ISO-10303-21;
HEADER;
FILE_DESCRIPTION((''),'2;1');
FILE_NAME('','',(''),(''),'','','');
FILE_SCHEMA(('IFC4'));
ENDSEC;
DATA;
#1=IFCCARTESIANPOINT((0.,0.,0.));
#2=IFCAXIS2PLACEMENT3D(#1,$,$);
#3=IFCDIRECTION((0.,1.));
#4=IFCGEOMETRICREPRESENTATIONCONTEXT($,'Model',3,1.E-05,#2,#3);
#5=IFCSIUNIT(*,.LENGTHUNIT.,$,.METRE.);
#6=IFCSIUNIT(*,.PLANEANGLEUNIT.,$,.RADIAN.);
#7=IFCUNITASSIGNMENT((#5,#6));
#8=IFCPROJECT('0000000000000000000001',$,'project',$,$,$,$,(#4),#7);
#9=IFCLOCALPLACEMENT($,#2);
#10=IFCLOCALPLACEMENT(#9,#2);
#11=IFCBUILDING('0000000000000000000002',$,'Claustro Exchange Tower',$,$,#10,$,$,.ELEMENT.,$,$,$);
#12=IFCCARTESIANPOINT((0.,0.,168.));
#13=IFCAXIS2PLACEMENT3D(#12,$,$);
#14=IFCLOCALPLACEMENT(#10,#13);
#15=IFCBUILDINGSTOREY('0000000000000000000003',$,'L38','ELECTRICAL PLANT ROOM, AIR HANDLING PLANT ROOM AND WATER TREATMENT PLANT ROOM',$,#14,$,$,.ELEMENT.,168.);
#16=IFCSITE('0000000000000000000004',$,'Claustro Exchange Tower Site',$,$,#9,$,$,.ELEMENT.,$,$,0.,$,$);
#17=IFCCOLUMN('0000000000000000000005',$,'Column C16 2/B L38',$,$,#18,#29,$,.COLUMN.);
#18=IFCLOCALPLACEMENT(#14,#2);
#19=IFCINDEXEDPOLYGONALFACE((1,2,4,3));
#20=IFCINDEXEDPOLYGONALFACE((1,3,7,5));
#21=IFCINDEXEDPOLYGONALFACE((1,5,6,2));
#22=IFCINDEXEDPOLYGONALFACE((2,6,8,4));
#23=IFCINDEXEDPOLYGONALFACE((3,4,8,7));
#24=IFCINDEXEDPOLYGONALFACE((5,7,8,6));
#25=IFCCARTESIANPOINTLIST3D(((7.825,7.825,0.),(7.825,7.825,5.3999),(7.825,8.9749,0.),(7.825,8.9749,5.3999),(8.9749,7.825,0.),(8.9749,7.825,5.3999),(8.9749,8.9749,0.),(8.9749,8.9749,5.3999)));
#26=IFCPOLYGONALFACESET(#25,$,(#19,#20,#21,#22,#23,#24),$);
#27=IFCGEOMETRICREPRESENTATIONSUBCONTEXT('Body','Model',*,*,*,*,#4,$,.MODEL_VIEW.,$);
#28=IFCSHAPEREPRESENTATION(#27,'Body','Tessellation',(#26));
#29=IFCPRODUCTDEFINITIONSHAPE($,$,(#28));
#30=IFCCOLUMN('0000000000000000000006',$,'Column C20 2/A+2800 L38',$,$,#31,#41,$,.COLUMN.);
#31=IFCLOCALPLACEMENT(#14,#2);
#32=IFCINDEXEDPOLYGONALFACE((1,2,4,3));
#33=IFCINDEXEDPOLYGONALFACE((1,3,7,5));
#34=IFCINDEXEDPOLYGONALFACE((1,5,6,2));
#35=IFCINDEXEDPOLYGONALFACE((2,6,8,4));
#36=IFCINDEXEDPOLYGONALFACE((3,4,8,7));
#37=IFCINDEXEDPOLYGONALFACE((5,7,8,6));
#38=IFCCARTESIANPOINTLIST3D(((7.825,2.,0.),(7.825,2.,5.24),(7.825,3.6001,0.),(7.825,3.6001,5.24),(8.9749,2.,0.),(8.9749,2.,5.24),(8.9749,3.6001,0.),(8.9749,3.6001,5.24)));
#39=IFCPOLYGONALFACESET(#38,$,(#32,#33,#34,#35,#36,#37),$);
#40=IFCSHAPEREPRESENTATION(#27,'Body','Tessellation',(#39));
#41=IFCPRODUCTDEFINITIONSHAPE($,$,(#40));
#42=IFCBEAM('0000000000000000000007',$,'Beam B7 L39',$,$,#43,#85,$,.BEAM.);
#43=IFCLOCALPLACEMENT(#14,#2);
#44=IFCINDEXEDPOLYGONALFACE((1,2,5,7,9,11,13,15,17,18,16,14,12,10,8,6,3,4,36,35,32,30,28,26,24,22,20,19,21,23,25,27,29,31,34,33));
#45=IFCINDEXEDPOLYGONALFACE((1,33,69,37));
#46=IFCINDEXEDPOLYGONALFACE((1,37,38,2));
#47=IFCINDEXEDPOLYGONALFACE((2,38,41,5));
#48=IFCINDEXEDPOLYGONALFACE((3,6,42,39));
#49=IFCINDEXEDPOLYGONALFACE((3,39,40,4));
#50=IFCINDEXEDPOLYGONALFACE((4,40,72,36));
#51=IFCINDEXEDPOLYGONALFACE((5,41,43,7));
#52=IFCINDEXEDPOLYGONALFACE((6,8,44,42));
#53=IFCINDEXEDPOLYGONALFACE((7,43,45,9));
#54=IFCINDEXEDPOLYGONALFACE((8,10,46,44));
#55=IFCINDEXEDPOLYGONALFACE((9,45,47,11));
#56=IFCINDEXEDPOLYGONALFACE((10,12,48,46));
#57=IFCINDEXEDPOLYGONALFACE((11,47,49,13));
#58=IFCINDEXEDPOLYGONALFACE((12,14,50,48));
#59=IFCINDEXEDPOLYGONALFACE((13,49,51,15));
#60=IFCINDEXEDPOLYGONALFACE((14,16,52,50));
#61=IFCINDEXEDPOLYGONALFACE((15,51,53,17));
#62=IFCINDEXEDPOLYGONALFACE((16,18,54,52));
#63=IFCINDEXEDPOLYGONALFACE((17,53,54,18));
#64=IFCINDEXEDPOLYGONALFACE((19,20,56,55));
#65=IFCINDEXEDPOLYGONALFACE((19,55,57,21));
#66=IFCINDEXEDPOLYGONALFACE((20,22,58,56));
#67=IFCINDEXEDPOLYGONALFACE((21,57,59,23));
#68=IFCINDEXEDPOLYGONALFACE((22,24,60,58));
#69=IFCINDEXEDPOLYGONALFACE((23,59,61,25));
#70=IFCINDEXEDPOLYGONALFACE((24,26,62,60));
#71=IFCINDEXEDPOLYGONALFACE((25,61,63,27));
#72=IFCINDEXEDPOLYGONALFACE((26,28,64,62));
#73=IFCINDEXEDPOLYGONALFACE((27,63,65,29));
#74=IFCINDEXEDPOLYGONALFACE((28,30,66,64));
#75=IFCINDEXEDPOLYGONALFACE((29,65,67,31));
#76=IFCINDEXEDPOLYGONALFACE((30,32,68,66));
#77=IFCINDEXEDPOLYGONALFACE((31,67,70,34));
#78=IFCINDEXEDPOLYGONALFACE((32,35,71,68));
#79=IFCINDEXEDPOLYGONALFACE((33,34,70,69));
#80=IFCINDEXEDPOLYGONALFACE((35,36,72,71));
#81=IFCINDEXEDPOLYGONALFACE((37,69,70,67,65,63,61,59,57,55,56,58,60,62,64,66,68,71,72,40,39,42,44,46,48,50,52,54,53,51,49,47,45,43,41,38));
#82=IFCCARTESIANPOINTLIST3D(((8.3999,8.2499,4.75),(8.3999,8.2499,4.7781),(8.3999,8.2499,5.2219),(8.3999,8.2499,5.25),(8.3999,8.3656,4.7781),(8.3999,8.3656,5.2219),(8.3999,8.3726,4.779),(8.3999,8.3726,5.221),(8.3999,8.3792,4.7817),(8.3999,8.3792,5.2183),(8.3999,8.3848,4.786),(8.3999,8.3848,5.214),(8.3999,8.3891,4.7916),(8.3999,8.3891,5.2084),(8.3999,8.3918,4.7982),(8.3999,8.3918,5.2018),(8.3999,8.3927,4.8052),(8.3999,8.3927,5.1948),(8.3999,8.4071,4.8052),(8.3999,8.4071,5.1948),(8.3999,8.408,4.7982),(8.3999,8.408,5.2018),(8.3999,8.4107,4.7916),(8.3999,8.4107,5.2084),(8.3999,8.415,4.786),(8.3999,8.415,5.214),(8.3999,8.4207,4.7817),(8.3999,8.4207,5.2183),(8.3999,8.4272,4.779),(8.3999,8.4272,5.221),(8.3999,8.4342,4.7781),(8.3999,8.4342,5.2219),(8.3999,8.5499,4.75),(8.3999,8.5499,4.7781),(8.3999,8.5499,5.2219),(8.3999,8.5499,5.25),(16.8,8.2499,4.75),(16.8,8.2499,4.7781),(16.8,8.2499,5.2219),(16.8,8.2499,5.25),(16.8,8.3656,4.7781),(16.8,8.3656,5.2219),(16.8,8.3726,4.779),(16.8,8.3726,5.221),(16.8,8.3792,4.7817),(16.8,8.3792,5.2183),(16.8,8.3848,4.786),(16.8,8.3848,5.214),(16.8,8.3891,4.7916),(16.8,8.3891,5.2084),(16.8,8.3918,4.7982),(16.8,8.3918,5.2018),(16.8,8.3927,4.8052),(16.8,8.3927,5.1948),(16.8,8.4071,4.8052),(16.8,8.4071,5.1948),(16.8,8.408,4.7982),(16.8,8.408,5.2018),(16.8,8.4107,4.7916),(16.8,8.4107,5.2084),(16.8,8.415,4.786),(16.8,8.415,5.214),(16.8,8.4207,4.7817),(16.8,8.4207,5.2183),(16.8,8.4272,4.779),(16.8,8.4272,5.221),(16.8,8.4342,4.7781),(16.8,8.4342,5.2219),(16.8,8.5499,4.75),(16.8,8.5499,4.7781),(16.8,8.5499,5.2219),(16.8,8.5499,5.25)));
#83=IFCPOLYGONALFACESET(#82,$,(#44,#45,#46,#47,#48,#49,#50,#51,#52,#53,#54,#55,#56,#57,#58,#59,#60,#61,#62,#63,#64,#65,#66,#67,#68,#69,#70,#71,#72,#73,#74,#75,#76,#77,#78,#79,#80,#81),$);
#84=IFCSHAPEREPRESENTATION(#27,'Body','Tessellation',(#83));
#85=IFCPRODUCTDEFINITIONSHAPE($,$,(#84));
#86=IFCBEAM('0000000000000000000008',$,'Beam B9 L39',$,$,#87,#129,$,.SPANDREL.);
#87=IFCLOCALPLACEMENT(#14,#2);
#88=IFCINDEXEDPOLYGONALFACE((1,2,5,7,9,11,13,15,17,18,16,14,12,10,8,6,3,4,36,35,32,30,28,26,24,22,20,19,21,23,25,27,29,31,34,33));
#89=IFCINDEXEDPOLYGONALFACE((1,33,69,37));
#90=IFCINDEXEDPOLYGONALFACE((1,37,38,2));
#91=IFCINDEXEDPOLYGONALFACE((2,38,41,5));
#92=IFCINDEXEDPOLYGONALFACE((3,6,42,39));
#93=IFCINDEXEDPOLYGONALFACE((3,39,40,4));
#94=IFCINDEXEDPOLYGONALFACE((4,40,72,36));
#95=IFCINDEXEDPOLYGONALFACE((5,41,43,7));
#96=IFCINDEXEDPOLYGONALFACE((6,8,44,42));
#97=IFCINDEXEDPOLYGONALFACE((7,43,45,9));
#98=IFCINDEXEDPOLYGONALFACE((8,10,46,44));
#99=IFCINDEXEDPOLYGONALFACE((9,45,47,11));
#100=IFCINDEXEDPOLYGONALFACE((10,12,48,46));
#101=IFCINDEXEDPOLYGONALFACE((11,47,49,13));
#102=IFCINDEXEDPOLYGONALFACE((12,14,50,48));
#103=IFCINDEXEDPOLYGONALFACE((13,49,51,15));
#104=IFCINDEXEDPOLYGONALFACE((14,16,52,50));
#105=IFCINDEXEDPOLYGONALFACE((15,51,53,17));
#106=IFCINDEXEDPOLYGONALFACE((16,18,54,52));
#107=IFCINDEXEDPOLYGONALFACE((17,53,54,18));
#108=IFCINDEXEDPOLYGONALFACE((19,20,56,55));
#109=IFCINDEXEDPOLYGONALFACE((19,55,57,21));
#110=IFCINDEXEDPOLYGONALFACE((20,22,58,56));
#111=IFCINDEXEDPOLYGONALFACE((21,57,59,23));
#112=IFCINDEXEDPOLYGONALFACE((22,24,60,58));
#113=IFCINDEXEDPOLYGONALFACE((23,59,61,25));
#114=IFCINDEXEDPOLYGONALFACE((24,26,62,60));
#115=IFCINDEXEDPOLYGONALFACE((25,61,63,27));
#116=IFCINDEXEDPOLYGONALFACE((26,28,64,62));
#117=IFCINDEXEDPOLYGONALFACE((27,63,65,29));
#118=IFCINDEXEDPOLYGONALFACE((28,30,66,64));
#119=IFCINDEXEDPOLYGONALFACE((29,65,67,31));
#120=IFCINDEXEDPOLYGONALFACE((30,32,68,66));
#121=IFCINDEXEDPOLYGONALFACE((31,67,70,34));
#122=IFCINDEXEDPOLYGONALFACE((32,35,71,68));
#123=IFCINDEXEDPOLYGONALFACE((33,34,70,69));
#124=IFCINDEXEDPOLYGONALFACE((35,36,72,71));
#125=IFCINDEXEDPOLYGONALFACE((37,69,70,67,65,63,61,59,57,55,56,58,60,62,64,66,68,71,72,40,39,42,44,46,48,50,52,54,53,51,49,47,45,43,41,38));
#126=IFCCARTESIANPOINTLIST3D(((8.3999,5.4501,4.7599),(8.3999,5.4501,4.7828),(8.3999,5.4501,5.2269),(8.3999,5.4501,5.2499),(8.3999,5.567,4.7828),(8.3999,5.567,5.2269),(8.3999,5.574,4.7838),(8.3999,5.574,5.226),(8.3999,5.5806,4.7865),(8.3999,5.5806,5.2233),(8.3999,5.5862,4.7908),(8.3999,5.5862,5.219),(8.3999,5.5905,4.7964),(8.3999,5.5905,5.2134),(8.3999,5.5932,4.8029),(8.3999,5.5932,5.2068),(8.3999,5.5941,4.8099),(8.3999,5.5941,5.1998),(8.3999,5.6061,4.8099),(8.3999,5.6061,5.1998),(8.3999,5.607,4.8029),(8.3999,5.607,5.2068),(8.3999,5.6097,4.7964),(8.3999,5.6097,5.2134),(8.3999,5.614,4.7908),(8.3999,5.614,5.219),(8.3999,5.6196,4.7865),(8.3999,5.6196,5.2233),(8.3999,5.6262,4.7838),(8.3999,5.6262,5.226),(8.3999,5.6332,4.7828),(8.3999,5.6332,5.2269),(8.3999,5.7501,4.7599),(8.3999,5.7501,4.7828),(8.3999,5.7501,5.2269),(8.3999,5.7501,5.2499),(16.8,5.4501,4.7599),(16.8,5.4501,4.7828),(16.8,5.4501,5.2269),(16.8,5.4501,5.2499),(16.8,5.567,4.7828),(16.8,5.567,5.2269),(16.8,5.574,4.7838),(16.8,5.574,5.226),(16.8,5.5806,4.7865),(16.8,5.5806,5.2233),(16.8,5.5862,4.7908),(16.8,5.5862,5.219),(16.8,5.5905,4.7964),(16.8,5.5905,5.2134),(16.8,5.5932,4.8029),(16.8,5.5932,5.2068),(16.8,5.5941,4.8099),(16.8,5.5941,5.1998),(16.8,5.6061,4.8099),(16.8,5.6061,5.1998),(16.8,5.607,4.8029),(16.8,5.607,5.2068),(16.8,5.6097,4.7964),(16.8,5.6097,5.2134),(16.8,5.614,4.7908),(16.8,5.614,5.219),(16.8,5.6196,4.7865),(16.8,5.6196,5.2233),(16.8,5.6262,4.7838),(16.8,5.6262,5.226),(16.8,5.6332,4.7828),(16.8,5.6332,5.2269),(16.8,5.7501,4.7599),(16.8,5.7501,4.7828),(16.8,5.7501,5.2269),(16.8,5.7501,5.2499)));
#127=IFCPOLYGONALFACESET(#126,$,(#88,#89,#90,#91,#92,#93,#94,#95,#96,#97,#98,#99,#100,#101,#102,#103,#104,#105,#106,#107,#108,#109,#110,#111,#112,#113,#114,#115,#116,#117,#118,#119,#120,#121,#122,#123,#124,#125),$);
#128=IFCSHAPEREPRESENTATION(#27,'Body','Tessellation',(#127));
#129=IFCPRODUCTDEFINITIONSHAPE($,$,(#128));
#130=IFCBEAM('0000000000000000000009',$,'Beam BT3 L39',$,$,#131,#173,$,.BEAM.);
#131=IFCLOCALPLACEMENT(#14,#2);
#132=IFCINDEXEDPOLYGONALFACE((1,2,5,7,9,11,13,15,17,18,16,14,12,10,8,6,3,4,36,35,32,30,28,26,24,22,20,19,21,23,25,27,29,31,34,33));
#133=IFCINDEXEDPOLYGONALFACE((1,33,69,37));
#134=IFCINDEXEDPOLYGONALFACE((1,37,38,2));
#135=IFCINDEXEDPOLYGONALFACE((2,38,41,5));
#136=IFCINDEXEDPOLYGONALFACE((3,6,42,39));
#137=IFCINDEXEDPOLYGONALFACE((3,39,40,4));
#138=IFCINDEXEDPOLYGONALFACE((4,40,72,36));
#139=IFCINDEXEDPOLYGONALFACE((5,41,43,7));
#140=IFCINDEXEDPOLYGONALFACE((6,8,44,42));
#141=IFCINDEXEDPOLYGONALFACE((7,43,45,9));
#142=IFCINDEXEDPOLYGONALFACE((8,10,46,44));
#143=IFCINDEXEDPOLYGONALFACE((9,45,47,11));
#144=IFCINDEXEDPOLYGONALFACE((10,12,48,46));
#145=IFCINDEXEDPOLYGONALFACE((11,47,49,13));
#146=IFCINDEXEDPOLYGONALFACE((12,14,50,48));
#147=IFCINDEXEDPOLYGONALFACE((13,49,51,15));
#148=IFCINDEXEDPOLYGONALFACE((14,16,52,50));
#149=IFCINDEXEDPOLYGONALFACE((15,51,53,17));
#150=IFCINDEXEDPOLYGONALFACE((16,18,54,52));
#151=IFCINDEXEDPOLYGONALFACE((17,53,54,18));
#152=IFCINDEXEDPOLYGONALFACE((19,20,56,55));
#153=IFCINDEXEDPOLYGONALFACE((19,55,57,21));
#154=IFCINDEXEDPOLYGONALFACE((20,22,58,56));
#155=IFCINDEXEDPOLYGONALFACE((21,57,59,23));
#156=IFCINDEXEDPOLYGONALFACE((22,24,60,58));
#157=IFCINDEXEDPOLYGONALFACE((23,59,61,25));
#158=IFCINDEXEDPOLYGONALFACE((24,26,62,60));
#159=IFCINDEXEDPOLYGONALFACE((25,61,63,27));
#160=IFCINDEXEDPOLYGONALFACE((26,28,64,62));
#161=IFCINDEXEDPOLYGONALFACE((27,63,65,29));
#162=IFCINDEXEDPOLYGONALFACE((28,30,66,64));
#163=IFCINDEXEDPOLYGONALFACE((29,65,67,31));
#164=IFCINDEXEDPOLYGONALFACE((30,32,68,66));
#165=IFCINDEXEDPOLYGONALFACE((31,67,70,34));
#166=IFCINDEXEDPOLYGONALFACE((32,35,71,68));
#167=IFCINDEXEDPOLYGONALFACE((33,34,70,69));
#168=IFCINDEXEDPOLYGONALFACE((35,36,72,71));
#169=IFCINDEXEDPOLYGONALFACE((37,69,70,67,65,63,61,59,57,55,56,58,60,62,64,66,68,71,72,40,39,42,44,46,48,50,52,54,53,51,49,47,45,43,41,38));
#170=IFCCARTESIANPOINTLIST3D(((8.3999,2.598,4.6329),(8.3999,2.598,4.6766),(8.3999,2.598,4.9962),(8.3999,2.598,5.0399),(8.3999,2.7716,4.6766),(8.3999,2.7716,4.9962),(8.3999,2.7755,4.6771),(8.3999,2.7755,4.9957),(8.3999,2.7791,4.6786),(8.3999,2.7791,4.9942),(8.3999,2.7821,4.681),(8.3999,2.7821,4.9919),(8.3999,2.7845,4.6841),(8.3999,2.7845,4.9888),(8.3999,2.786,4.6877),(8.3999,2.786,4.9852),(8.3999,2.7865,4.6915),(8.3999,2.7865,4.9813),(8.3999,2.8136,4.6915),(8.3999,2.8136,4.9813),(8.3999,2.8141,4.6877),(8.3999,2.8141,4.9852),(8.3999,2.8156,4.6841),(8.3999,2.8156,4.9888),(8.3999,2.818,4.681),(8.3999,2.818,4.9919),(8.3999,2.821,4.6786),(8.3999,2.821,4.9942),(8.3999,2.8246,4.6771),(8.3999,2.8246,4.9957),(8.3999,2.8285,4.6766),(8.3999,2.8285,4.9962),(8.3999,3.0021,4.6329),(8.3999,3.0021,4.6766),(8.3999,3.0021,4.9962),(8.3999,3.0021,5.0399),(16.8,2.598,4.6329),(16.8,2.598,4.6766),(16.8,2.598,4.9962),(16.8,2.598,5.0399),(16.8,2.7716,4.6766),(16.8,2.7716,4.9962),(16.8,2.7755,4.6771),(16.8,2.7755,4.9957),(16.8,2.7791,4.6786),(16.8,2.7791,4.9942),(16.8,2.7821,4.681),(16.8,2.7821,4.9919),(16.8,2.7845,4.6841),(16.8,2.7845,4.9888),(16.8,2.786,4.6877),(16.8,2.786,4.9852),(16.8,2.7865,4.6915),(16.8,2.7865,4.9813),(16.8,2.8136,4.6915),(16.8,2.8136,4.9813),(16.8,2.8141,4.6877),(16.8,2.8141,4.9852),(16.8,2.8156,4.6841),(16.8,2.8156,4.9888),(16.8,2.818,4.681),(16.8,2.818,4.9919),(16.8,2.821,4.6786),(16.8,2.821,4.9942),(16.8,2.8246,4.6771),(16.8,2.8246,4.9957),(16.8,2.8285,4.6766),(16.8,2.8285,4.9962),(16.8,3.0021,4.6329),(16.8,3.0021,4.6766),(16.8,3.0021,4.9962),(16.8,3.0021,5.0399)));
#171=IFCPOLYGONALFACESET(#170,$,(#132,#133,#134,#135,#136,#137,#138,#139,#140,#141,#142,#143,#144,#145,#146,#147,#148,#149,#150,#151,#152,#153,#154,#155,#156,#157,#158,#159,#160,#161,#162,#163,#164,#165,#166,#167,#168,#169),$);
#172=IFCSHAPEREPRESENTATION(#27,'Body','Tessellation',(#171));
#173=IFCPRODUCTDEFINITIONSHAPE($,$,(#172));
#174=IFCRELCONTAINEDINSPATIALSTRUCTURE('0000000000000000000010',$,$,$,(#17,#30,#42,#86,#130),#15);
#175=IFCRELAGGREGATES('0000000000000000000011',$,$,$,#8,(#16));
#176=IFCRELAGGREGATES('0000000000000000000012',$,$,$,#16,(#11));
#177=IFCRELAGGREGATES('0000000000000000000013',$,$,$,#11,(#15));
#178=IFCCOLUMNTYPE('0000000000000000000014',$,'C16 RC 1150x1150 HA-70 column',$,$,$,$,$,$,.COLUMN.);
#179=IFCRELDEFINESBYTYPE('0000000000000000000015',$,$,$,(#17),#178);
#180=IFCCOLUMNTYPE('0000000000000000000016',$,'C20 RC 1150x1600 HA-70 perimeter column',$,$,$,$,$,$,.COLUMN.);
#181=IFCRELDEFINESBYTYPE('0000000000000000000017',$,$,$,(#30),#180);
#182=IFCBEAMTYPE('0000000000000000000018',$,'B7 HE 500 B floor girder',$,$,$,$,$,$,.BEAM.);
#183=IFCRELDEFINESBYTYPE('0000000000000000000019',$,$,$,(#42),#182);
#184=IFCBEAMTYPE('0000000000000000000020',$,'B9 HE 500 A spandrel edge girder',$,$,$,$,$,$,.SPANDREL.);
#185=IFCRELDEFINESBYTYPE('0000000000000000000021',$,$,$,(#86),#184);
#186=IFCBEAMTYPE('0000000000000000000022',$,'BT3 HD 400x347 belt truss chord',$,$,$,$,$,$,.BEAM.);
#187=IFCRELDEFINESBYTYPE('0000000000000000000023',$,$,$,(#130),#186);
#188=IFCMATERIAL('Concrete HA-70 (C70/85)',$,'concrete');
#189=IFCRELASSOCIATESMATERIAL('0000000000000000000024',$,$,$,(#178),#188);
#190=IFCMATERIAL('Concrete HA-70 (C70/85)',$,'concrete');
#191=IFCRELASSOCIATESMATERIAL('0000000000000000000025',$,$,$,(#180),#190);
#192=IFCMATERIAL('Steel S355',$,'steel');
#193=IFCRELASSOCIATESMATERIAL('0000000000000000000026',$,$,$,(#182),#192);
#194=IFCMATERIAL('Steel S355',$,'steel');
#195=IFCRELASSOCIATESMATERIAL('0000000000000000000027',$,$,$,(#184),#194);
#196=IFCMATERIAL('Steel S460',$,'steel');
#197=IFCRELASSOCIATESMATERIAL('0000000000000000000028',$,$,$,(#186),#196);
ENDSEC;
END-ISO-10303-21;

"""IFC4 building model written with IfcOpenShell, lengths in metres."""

from ifc_helpers import new_model, si_unit, direction, frame, origin, origin_2d, place, context, subcontext, project, spatial, rectangle, i_section, extrude, material, material_profile, profile_set, type_object, element, save


model = new_model("IFC4")

# Units and contexts
model_context = context("Model", 3, precision=1e-05, world=origin(), true_north=direction((0.0, 1.0)))
body_context = subcontext(model_context, "Body", "Model", "MODEL_VIEW")
ifc_project = project(units=[si_unit("LENGTHUNIT", "METRE"), si_unit("PLANEANGLEUNIT", "RADIAN")], contexts=[model_context])

# Site, building, storey
site_placement = place(None, origin())
site = spatial("IfcSite", under=ifc_project, at=site_placement, Name="Claustro Exchange Tower Site", CompositionType="ELEMENT", RefElevation=0.0)
building_placement = place(site_placement, origin())
building = spatial("IfcBuilding", under=site, at=building_placement, Name="Claustro Exchange Tower", CompositionType="ELEMENT")
storey_placement = place(building_placement, frame((0.0, 0.0, 168.0)))
storey = spatial("IfcBuildingStorey", under=building, at=storey_placement, Name="L38", Description="ELECTRICAL PLANT ROOM, AIR HANDLING PLANT ROOM AND WATER TREATMENT PLANT ROOM", CompositionType="ELEMENT", Elevation=168.0)

# Columns
ifc_material_1 = material(Name="Concrete HA-70 (C70/85)", Category="concrete")
ifc_material_profile_1 = material_profile(ifc_material_1, rectangle(XDim=1.1499, YDim=1.1499, at=origin_2d()), Name="RC 1150x1150")
ifc_profile_set_1 = profile_set([ifc_material_profile_1], Name="Concrete HA-70 (C70/85)")
column_type_1 = type_object("IfcColumnType", Name="C16 RC 1150x1150 HA-70 column", PredefinedType="COLUMN", material=ifc_profile_set_1)
column_1_placement = place(storey_placement, frame((8.3999, 8.3999, 0.0), z_axis=(0.0, 0.0, 1.0), x_axis=(1.0, 0.0, 0.0)))
element("IfcColumn", 1, at=column_1_placement, inside=storey, type_object=column_type_1, Name="Column C16 2/B L38", PredefinedType="COLUMN", context=body_context, shape_type="SweptSolid", body=[
    extrude(rectangle(XDim=1.1499, YDim=1.1499, at=origin_2d()), origin(), (0.0, 0.0, 1.0), 5.3999),
])
ifc_material_2 = material(Name="Concrete HA-70 (C70/85)", Category="concrete")
ifc_material_profile_2 = material_profile(ifc_material_2, rectangle(XDim=1.1499, YDim=1.6001, at=origin_2d()), Name="RC 1150x1600")
ifc_profile_set_2 = profile_set([ifc_material_profile_2], Name="Concrete HA-70 (C70/85)")
column_type_2 = type_object("IfcColumnType", Name="C20 RC 1150x1600 HA-70 perimeter column", PredefinedType="COLUMN", material=ifc_profile_set_2)
column_2_placement = place(storey_placement, frame((8.3999, 2.8, 0.0), z_axis=(0.0, 0.0, 1.0), x_axis=(1.0, 0.0, 0.0)))
element("IfcColumn", 2, at=column_2_placement, inside=storey, type_object=column_type_2, Name="Column C20 2/A+2800 L38", PredefinedType="COLUMN", context=body_context, shape_type="SweptSolid", body=[
    extrude(rectangle(XDim=1.1499, YDim=1.6001, at=origin_2d()), origin(), (0.0, 0.0, 1.0), 5.24),
])

# Beams
ifc_material_3 = material(Name="Steel S355", Category="steel")
ifc_material_profile_3 = material_profile(ifc_material_3, i_section(OverallWidth=0.3, OverallDepth=0.5, WebThickness=0.0144, FlangeThickness=0.0281, FilletRadius=0.0271, at=origin_2d()), Name="HE 500 B")
ifc_profile_set_3 = profile_set([ifc_material_profile_3], Name="Steel S355")
beam_type_1 = type_object("IfcBeamType", Name="B7 HE 500 B floor girder", PredefinedType="BEAM", material=ifc_profile_set_3)
beam_1_placement = place(storey_placement, frame((8.3999, 8.3999, 5.0), z_axis=(1.0, 0.0, 0.0), x_axis=(0.0, 1.0, 0.0)))
element("IfcBeam", 3, at=beam_1_placement, inside=storey, type_object=beam_type_1, Name="Beam B7 L39", PredefinedType="BEAM", context=body_context, shape_type="SweptSolid", body=[
    extrude(i_section(OverallWidth=0.3, OverallDepth=0.5, WebThickness=0.0144, FlangeThickness=0.0281, FilletRadius=0.0271, at=origin_2d()), origin(), (0.0, 0.0, 1.0), 8.4001),
])
ifc_material_4 = material(Name="Steel S355", Category="steel")
ifc_material_profile_4 = material_profile(ifc_material_4, i_section(OverallWidth=0.3, OverallDepth=0.49, WebThickness=0.012, FlangeThickness=0.0229, FilletRadius=0.0271, at=origin_2d()), Name="HE 500 A")
ifc_profile_set_4 = profile_set([ifc_material_profile_4], Name="Steel S355")
beam_type_2 = type_object("IfcBeamType", Name="B9 HE 500 A spandrel edge girder", PredefinedType="SPANDREL", material=ifc_profile_set_4)
beam_2_placement = place(storey_placement, frame((8.3999, 5.6001, 5.0049), z_axis=(1.0, 0.0, 0.0), x_axis=(0.0, 1.0, 0.0)))
element("IfcBeam", 4, at=beam_2_placement, inside=storey, type_object=beam_type_2, Name="Beam B9 L39", PredefinedType="SPANDREL", context=body_context, shape_type="SweptSolid", body=[
    extrude(i_section(OverallWidth=0.3, OverallDepth=0.49, WebThickness=0.012, FlangeThickness=0.0229, FilletRadius=0.0271, at=origin_2d()), origin(), (0.0, 0.0, 1.0), 8.4001),
])
ifc_material_5 = material(Name="Steel S460", Category="steel")
ifc_material_profile_5 = material_profile(ifc_material_5, i_section(OverallWidth=0.4041, OverallDepth=0.407, WebThickness=0.0271, FlangeThickness=0.0437, FilletRadius=0.0149, at=origin_2d()), Name="HD 400x347")
ifc_profile_set_5 = profile_set([ifc_material_profile_5], Name="Steel S460")
beam_type_3 = type_object("IfcBeamType", Name="BT3 HD 400x347 belt truss chord", PredefinedType="BEAM", material=ifc_profile_set_5)
beam_3_placement = place(storey_placement, frame((8.3999, 2.8, 4.8364), z_axis=(1.0, 0.0, 0.0), x_axis=(0.0, 1.0, 0.0)))
element("IfcBeam", 5, at=beam_3_placement, inside=storey, type_object=beam_type_3, Name="Beam BT3 L39", PredefinedType="BEAM", context=body_context, shape_type="SweptSolid", body=[
    extrude(i_section(OverallWidth=0.4041, OverallDepth=0.407, WebThickness=0.0271, FlangeThickness=0.0437, FilletRadius=0.0149, at=origin_2d()), origin(), (0.0, 0.0, 1.0), 8.4001),
])

save(model, "model.ifc")
